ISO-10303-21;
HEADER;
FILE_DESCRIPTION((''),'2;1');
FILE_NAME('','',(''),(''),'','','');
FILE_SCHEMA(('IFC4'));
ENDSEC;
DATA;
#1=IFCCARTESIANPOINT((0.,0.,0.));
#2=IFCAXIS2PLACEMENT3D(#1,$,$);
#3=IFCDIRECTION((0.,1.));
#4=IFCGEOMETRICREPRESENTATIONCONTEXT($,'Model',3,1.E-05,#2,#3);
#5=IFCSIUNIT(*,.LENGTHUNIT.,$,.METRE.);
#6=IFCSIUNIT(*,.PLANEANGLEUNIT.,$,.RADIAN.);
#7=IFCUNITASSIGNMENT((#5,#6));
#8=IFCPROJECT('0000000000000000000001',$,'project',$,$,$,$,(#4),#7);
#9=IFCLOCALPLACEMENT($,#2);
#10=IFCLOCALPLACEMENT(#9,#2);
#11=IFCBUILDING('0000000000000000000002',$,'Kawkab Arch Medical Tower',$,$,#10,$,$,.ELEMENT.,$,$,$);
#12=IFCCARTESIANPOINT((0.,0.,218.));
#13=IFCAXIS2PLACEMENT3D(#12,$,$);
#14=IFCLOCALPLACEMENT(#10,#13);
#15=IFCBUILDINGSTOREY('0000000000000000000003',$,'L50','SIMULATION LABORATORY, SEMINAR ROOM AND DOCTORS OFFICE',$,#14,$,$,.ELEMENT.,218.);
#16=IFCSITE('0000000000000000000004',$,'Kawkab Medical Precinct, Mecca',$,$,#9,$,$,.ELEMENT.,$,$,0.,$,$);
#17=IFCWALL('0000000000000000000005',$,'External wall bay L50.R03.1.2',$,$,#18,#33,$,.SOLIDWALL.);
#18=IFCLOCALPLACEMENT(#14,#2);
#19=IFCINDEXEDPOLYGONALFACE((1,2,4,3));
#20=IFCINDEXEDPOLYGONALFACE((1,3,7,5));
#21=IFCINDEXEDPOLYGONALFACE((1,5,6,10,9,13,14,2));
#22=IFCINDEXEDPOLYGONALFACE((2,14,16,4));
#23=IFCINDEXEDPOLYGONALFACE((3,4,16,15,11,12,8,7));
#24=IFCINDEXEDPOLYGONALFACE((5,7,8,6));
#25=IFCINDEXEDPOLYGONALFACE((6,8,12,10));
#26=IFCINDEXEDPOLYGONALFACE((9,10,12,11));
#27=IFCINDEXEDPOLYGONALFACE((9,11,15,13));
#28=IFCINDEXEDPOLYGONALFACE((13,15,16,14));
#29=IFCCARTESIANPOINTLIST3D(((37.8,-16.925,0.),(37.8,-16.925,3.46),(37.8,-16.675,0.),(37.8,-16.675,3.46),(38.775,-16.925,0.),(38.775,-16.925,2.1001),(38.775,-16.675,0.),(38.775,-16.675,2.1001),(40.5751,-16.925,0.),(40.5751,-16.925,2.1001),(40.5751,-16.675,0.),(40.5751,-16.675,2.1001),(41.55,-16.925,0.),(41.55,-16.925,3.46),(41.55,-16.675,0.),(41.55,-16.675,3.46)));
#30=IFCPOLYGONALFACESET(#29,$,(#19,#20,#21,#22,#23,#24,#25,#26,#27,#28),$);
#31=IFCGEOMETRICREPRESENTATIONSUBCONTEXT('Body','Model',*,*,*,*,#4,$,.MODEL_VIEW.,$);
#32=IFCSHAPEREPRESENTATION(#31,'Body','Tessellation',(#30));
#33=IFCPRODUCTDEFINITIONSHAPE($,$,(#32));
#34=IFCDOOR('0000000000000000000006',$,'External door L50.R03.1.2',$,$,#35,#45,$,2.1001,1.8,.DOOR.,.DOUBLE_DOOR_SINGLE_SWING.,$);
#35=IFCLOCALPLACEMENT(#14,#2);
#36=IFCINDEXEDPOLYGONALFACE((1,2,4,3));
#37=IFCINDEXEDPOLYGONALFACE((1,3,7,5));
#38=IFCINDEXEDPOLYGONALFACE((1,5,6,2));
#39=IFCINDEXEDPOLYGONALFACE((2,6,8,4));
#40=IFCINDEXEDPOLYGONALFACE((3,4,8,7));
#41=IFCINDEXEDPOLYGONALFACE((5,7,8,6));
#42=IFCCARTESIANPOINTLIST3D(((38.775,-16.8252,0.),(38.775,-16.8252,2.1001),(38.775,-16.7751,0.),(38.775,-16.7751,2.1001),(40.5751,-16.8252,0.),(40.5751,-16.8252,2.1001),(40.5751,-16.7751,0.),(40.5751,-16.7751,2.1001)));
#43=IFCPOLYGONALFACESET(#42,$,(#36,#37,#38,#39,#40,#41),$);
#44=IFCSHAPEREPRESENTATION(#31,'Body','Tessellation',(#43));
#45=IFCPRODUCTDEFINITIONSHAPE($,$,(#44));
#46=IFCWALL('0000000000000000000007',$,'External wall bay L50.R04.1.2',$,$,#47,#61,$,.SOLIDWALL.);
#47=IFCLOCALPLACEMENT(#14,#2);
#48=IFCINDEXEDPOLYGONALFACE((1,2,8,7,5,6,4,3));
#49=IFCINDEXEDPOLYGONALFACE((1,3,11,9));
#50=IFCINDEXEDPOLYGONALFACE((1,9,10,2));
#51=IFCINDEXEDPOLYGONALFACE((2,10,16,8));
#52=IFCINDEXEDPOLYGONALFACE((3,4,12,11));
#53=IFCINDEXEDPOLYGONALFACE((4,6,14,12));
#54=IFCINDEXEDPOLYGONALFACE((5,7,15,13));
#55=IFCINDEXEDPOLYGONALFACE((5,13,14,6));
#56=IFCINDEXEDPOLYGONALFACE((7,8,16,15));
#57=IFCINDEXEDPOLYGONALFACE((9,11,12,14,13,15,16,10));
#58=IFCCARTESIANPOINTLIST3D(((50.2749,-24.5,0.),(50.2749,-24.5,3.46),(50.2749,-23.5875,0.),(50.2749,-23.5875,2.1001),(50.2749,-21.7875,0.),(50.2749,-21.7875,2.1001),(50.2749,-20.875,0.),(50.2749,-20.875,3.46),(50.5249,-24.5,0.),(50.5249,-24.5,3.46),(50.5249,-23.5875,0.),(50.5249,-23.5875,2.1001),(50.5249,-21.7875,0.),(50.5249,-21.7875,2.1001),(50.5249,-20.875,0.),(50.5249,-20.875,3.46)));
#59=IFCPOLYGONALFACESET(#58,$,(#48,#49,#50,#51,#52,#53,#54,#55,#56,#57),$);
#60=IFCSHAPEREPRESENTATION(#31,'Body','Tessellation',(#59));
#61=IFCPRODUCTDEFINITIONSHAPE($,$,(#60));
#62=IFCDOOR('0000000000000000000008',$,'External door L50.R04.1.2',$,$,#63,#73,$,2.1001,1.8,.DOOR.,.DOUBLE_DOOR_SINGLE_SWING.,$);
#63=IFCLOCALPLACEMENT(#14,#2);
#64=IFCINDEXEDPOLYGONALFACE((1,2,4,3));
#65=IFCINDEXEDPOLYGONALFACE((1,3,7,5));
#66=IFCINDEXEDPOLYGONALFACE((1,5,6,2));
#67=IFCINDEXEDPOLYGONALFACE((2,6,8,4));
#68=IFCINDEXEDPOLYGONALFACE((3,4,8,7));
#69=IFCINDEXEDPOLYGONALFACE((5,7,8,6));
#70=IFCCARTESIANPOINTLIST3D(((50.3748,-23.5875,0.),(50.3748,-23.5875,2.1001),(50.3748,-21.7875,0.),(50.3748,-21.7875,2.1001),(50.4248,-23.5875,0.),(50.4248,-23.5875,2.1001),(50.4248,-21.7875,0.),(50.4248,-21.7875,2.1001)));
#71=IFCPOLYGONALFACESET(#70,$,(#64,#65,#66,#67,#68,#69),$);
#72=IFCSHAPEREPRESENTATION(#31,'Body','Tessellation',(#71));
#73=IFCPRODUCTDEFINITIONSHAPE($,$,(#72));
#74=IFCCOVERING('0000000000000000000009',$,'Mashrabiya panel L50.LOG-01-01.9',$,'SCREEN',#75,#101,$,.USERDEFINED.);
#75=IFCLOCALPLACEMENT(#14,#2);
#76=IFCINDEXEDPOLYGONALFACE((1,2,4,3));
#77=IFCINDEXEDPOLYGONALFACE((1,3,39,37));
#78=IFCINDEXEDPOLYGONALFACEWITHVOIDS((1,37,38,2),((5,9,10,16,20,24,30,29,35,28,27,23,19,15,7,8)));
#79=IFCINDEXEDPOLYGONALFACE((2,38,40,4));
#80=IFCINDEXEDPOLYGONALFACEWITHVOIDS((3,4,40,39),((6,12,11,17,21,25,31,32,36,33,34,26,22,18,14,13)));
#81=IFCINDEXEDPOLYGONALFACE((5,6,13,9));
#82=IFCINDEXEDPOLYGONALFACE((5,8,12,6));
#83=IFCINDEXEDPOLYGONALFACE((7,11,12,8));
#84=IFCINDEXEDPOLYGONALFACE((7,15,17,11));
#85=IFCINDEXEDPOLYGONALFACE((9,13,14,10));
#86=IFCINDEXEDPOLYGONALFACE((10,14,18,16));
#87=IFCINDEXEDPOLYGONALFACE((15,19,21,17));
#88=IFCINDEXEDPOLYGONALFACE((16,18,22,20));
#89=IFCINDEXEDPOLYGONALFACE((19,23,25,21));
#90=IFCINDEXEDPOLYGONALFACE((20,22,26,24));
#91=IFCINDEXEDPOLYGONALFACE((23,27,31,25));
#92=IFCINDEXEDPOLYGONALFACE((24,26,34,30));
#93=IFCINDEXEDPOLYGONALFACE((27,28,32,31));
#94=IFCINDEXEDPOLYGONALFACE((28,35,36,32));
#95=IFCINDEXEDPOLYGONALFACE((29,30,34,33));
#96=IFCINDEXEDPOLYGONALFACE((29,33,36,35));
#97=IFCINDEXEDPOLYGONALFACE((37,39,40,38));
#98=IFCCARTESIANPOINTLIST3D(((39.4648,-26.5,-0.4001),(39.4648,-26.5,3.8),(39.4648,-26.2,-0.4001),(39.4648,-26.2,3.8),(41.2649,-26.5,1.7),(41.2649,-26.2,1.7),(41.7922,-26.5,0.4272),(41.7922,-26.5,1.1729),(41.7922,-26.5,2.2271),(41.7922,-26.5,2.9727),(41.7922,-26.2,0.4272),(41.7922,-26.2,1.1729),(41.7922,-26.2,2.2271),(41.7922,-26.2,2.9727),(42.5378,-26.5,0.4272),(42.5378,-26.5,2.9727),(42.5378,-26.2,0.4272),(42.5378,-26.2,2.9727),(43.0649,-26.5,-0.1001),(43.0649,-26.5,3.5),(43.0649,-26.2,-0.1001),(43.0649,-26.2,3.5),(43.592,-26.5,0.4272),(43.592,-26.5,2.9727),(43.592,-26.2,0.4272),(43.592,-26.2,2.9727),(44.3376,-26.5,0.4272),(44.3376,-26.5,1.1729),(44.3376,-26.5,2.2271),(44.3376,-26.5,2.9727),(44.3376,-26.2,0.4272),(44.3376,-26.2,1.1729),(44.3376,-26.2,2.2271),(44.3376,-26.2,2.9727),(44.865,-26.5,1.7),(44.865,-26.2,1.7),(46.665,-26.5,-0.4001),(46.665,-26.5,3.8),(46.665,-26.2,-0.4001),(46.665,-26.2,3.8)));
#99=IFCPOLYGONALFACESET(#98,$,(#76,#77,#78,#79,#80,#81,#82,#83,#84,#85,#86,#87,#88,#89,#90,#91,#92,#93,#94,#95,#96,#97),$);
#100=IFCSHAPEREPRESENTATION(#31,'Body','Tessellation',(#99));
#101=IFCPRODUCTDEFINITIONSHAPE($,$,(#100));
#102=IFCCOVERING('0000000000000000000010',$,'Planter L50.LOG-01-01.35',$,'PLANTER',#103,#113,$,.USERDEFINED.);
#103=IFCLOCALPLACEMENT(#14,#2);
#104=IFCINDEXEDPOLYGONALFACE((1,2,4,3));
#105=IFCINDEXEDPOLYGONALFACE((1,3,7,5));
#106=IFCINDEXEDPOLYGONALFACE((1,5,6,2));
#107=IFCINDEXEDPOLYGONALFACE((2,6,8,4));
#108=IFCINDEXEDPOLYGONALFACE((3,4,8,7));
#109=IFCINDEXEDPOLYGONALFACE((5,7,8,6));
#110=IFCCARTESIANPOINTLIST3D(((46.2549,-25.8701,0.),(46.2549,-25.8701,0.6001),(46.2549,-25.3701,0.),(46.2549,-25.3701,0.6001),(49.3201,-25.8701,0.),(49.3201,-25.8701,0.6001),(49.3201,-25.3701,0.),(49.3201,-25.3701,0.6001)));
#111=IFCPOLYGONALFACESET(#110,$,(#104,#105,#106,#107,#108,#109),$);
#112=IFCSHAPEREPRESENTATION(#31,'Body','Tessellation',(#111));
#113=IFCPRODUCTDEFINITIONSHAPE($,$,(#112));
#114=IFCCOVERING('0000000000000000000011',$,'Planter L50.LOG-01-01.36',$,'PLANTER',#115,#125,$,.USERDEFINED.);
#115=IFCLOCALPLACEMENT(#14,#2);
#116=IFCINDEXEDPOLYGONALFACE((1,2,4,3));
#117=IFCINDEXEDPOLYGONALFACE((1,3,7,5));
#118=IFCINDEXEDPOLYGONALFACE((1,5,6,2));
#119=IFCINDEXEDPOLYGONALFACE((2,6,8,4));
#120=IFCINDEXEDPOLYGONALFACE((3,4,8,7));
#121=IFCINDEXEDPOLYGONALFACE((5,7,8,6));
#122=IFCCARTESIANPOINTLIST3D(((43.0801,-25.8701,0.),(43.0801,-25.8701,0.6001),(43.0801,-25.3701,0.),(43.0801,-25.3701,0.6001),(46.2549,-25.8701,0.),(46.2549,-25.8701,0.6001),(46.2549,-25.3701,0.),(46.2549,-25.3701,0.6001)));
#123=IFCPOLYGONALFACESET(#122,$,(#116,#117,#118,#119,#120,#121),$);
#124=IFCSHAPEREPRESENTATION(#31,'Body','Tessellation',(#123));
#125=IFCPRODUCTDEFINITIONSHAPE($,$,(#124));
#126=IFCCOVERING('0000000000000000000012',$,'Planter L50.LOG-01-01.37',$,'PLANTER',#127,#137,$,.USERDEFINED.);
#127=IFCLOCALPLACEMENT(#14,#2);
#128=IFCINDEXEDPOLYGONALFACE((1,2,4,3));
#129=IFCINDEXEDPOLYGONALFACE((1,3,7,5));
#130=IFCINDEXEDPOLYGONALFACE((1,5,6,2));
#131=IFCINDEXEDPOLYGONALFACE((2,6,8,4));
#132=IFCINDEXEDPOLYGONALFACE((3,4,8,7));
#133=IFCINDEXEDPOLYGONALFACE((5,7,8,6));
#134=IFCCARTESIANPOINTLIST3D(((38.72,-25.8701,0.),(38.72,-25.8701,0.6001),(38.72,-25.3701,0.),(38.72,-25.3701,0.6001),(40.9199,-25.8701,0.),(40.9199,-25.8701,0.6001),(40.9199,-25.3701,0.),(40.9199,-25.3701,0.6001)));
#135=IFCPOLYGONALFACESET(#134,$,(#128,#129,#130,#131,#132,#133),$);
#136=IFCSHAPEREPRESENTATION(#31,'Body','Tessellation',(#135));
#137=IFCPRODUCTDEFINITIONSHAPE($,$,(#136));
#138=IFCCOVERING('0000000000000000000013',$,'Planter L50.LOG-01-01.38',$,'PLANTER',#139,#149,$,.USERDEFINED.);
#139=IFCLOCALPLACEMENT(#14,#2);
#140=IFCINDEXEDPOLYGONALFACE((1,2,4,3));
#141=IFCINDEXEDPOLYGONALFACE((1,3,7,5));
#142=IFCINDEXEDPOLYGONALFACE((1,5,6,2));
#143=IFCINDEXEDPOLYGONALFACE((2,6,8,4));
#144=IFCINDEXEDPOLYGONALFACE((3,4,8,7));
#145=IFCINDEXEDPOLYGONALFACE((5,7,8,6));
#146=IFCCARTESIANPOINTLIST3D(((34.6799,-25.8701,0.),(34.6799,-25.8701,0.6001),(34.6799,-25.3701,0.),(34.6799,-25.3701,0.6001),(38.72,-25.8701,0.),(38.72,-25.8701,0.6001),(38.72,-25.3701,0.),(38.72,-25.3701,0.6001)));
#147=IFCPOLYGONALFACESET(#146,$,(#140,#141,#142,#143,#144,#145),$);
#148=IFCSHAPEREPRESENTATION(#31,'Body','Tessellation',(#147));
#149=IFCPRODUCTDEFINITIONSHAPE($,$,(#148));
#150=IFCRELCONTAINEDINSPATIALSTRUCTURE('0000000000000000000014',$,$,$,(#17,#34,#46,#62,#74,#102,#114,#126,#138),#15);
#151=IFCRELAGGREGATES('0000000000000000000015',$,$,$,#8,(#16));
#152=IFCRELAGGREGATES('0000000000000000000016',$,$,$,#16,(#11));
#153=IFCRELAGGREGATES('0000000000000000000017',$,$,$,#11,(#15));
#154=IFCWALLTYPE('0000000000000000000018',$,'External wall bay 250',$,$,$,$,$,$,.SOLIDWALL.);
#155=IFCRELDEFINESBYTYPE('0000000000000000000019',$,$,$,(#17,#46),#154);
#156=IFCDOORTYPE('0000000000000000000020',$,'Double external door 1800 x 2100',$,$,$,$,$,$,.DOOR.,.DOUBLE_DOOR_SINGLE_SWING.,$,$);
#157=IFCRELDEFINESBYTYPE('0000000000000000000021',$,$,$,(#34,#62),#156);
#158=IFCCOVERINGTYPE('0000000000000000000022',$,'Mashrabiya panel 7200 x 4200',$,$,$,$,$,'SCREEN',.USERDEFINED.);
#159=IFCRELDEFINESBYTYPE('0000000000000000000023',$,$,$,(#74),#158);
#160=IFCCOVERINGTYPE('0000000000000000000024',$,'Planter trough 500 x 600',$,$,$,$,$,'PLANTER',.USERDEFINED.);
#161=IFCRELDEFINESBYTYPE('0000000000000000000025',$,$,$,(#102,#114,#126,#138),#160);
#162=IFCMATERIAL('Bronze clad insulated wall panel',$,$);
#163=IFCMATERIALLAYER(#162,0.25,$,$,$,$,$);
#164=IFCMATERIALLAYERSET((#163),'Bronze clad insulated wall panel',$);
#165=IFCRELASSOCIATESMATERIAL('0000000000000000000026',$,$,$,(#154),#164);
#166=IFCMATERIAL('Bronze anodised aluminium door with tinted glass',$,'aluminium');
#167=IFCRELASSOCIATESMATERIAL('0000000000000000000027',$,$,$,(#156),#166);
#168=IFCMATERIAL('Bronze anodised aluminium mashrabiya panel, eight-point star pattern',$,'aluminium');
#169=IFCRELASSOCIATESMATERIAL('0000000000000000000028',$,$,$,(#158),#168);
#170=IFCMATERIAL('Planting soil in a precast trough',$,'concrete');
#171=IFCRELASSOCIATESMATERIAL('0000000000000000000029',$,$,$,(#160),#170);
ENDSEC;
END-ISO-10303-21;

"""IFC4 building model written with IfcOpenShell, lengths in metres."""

from ifc_helpers import new_model, si_unit, direction, frame, frame_2d, origin, origin_2d, place, context, subcontext, project, spatial, polyline, rectangle, outline, extrude, material, layer, layer_set, material_profile, profile_set, type_object, element, fill, save


model = new_model("IFC4")

# Units and contexts
model_context = context("Model", 3, precision=1e-05, world=origin(), true_north=direction((0.0, 1.0)))
body_context = subcontext(model_context, "Body", "Model", "MODEL_VIEW")
ifc_project = project(units=[si_unit("LENGTHUNIT", "METRE"), si_unit("PLANEANGLEUNIT", "RADIAN")], contexts=[model_context])

# Site, building, storey
site_placement = place(None, origin())
site = spatial("IfcSite", under=ifc_project, at=site_placement, Name="Kawkab Medical Precinct, Mecca", CompositionType="ELEMENT", RefElevation=0.0)
building_placement = place(site_placement, origin())
building = spatial("IfcBuilding", under=site, at=building_placement, Name="Kawkab Arch Medical Tower", CompositionType="ELEMENT")
storey_placement = place(building_placement, frame((0.0, 0.0, 218.0)))
storey = spatial("IfcBuildingStorey", under=building, at=storey_placement, Name="L50", Description="SIMULATION LABORATORY, SEMINAR ROOM AND DOCTORS OFFICE", CompositionType="ELEMENT", Elevation=218.0)

# Walls, openings, doors
ifc_material_1 = material(Name="Bronze clad insulated wall panel")
ifc_layer_1 = layer(ifc_material_1, 0.25)
ifc_layer_set_1 = layer_set([ifc_layer_1], Name="Bronze clad insulated wall panel")
wall_type = type_object("IfcWallType", Name="External wall bay 250", PredefinedType="SOLIDWALL", material=ifc_layer_set_1)
wall_1_placement = place(storey_placement, frame((37.8, -16.8, 0.0), z_axis=(0.0, 0.0, 1.0), x_axis=(1.0, 0.0, 0.0)))
wall_1 = element("IfcWall", 1, at=wall_1_placement, inside=storey, type_object=wall_type, Name="External wall bay L50.R03.1.2", PredefinedType="SOLIDWALL", context=body_context, shape_type="SweptSolid", body=[
    extrude(rectangle(XDim=3.75, YDim=0.25, at=frame_2d((1.875, 0.0))), origin(), (0.0, 0.0, 1.0), 3.46),
])
opening_1_placement = place(wall_1_placement, frame((0.9751, 0.0, 0.0)))
opening_1 = element("IfcOpeningElement", 2, at=opening_1_placement, cuts=wall_1, PredefinedType="OPENING", context=body_context, shape_type="SweptSolid", body=[
    extrude(rectangle(XDim=1.8, YDim=2.1001, at=frame_2d((0.8999, 1.05))), frame((0.0, 0.135, 0.0), z_axis=(0.0, -1.0, 0.0), x_axis=(1.0, 0.0, 0.0)), (0.0, 0.0, 1.0), 0.27),
])
ifc_material_2 = material(Name="Bronze anodised aluminium door with tinted glass", Category="aluminium")
door_type = type_object("IfcDoorType", Name="Double external door 1800 x 2100", OperationType="DOUBLE_DOOR_SINGLE_SWING", PredefinedType="DOOR", material=ifc_material_2)
door_1_placement = place(opening_1_placement, origin())
door_1 = element("IfcDoor", 3, at=door_1_placement, inside=storey, type_object=door_type, Name="External door L50.R03.1.2", OperationType="DOUBLE_DOOR_SINGLE_SWING", OverallHeight=2.1001, OverallWidth=1.8, PredefinedType="DOOR", context=body_context, shape_type="SweptSolid", body=[
    extrude(rectangle(XDim=1.8, YDim=2.1001, at=frame_2d((0.8999, 1.05))), frame((0.0, 0.0249, 0.0), z_axis=(0.0, -1.0, 0.0), x_axis=(1.0, 0.0, 0.0)), (0.0, 0.0, 1.0), 0.05),
])
fill(opening_1, door_1)
wall_2_placement = place(storey_placement, frame((50.3999, -20.875, 0.0), z_axis=(0.0, 0.0, 1.0), x_axis=(0.0, -1.0, 0.0)))
wall_2 = element("IfcWall", 4, at=wall_2_placement, inside=storey, type_object=wall_type, Name="External wall bay L50.R04.1.2", PredefinedType="SOLIDWALL", context=body_context, shape_type="SweptSolid", body=[
    extrude(rectangle(XDim=3.625, YDim=0.25, at=frame_2d((1.8125, 0.0))), origin(), (0.0, 0.0, 1.0), 3.46),
])
opening_2_placement = place(wall_2_placement, frame((0.9126, 0.0, 0.0)))
opening_2 = element("IfcOpeningElement", 5, at=opening_2_placement, cuts=wall_2, PredefinedType="OPENING", context=body_context, shape_type="SweptSolid", body=[
    extrude(rectangle(XDim=1.8, YDim=2.1001, at=frame_2d((0.8999, 1.05))), frame((0.0, 0.135, 0.0), z_axis=(0.0, -1.0, 0.0), x_axis=(1.0, 0.0, 0.0)), (0.0, 0.0, 1.0), 0.27),
])
door_2_placement = place(opening_2_placement, origin())
door_2 = element("IfcDoor", 6, at=door_2_placement, inside=storey, type_object=door_type, Name="External door L50.R04.1.2", OperationType="DOUBLE_DOOR_SINGLE_SWING", OverallHeight=2.1001, OverallWidth=1.8, PredefinedType="DOOR", context=body_context, shape_type="SweptSolid", body=[
    extrude(rectangle(XDim=1.8, YDim=2.1001, at=frame_2d((0.8999, 1.05))), frame((0.0, 0.0249, 0.0), z_axis=(0.0, -1.0, 0.0), x_axis=(1.0, 0.0, 0.0)), (0.0, 0.0, 1.0), 0.05),
])
fill(opening_2, door_2)

# Coverings
ifc_material_3 = material(Name="Bronze anodised aluminium mashrabiya panel, eight-point star pattern", Category="aluminium")
ifc_material_profile_1 = material_profile(ifc_material_3, outline(polyline([(-3.6001, -2.1001), (3.6001, -2.1001), (3.6001, 2.1001), (-3.6001, 2.1001), (-3.6001, -2.1001)]), holes=[polyline([(1.8, 0.0), (1.2727, 0.5271), (1.2727, 1.2727), (0.5271, 1.2727), (0.0, 1.8), (-0.5271, 1.2727), (-1.2727, 1.2727), (-1.2727, 0.5271), (-1.8, 0.0), (-1.2727, -0.5271), (-1.2727, -1.2727), (-0.5271, -1.2727), (0.0, -1.8), (0.5271, -1.2727), (1.2727, -1.2727), (1.2727, -0.5271), (1.8, 0.0)])]), Name="Mashrabiya panel 7200x4200")
ifc_profile_set_1 = profile_set([ifc_material_profile_1], Name="Bronze anodised aluminium mashrabiya panel, eight-point star pattern")
covering_type_1 = type_object("IfcCoveringType", Name="Mashrabiya panel 7200 x 4200", ElementType="SCREEN", PredefinedType="USERDEFINED", material=ifc_profile_set_1)
covering_1_placement = place(storey_placement, frame((43.0649, -26.2, 1.7), z_axis=(0.0, -1.0, 0.0), x_axis=(1.0, 0.0, 0.0)))
element("IfcCovering", 7, at=covering_1_placement, inside=storey, type_object=covering_type_1, Name="Mashrabiya panel L50.LOG-01-01.9", ObjectType="SCREEN", PredefinedType="USERDEFINED", context=body_context, shape_type="SweptSolid", body=[
    extrude(outline(polyline([(-3.6001, -2.1001), (3.6001, -2.1001), (3.6001, 2.1001), (-3.6001, 2.1001), (-3.6001, -2.1001)]), holes=[polyline([(1.8, 0.0), (1.2727, 0.5271), (1.2727, 1.2727), (0.5271, 1.2727), (0.0, 1.8), (-0.5271, 1.2727), (-1.2727, 1.2727), (-1.2727, 0.5271), (-1.8, 0.0), (-1.2727, -0.5271), (-1.2727, -1.2727), (-0.5271, -1.2727), (0.0, -1.8), (0.5271, -1.2727), (1.2727, -1.2727), (1.2727, -0.5271), (1.8, 0.0)])]), origin(), (0.0, 0.0, 1.0), 0.3),
])
ifc_material_4 = material(Name="Planting soil in a precast trough", Category="concrete")
ifc_material_profile_2 = material_profile(ifc_material_4, rectangle(XDim=0.5, YDim=0.6001, at=origin_2d()), Name="Trough 500x600")
ifc_profile_set_2 = profile_set([ifc_material_profile_2], Name="Planting soil in a precast trough")
covering_type_2 = type_object("IfcCoveringType", Name="Planter trough 500 x 600", ElementType="PLANTER", PredefinedType="USERDEFINED", material=ifc_profile_set_2)
covering_2_placement = place(storey_placement, frame((49.3201, -25.6201, 0.3), z_axis=(-1.0, 0.0, 0.0), x_axis=(0.0, -1.0, 0.0)))
element("IfcCovering", 8, at=covering_2_placement, inside=storey, type_object=covering_type_2, Name="Planter L50.LOG-01-01.35", ObjectType="PLANTER", PredefinedType="USERDEFINED", context=body_context, shape_type="SweptSolid", body=[
    extrude(rectangle(XDim=0.5, YDim=0.6001, at=origin_2d()), origin(), (0.0, 0.0, 1.0), 3.0652),
])
covering_3_placement = place(storey_placement, frame((46.2549, -25.6201, 0.3), z_axis=(-1.0, 0.0, 0.0), x_axis=(0.0, -1.0, 0.0)))
element("IfcCovering", 9, at=covering_3_placement, inside=storey, type_object=covering_type_2, Name="Planter L50.LOG-01-01.36", ObjectType="PLANTER", PredefinedType="USERDEFINED", context=body_context, shape_type="SweptSolid", body=[
    extrude(rectangle(XDim=0.5, YDim=0.6001, at=origin_2d()), origin(), (0.0, 0.0, 1.0), 3.1748),
])
covering_4_placement = place(storey_placement, frame((40.9199, -25.6201, 0.3), z_axis=(-1.0, 0.0, 0.0), x_axis=(0.0, -1.0, 0.0)))
element("IfcCovering", 10, at=covering_4_placement, inside=storey, type_object=covering_type_2, Name="Planter L50.LOG-01-01.37", ObjectType="PLANTER", PredefinedType="USERDEFINED", context=body_context, shape_type="SweptSolid", body=[
    extrude(rectangle(XDim=0.5, YDim=0.6001, at=origin_2d()), origin(), (0.0, 0.0, 1.0), 2.2),
])
covering_5_placement = place(storey_placement, frame((38.72, -25.6201, 0.3), z_axis=(-1.0, 0.0, 0.0), x_axis=(0.0, -1.0, 0.0)))
element("IfcCovering", 11, at=covering_5_placement, inside=storey, type_object=covering_type_2, Name="Planter L50.LOG-01-01.38", ObjectType="PLANTER", PredefinedType="USERDEFINED", context=body_context, shape_type="SweptSolid", body=[
    extrude(rectangle(XDim=0.5, YDim=0.6001, at=origin_2d()), origin(), (0.0, 0.0, 1.0), 4.04),
])

save(model, "model.ifc")
